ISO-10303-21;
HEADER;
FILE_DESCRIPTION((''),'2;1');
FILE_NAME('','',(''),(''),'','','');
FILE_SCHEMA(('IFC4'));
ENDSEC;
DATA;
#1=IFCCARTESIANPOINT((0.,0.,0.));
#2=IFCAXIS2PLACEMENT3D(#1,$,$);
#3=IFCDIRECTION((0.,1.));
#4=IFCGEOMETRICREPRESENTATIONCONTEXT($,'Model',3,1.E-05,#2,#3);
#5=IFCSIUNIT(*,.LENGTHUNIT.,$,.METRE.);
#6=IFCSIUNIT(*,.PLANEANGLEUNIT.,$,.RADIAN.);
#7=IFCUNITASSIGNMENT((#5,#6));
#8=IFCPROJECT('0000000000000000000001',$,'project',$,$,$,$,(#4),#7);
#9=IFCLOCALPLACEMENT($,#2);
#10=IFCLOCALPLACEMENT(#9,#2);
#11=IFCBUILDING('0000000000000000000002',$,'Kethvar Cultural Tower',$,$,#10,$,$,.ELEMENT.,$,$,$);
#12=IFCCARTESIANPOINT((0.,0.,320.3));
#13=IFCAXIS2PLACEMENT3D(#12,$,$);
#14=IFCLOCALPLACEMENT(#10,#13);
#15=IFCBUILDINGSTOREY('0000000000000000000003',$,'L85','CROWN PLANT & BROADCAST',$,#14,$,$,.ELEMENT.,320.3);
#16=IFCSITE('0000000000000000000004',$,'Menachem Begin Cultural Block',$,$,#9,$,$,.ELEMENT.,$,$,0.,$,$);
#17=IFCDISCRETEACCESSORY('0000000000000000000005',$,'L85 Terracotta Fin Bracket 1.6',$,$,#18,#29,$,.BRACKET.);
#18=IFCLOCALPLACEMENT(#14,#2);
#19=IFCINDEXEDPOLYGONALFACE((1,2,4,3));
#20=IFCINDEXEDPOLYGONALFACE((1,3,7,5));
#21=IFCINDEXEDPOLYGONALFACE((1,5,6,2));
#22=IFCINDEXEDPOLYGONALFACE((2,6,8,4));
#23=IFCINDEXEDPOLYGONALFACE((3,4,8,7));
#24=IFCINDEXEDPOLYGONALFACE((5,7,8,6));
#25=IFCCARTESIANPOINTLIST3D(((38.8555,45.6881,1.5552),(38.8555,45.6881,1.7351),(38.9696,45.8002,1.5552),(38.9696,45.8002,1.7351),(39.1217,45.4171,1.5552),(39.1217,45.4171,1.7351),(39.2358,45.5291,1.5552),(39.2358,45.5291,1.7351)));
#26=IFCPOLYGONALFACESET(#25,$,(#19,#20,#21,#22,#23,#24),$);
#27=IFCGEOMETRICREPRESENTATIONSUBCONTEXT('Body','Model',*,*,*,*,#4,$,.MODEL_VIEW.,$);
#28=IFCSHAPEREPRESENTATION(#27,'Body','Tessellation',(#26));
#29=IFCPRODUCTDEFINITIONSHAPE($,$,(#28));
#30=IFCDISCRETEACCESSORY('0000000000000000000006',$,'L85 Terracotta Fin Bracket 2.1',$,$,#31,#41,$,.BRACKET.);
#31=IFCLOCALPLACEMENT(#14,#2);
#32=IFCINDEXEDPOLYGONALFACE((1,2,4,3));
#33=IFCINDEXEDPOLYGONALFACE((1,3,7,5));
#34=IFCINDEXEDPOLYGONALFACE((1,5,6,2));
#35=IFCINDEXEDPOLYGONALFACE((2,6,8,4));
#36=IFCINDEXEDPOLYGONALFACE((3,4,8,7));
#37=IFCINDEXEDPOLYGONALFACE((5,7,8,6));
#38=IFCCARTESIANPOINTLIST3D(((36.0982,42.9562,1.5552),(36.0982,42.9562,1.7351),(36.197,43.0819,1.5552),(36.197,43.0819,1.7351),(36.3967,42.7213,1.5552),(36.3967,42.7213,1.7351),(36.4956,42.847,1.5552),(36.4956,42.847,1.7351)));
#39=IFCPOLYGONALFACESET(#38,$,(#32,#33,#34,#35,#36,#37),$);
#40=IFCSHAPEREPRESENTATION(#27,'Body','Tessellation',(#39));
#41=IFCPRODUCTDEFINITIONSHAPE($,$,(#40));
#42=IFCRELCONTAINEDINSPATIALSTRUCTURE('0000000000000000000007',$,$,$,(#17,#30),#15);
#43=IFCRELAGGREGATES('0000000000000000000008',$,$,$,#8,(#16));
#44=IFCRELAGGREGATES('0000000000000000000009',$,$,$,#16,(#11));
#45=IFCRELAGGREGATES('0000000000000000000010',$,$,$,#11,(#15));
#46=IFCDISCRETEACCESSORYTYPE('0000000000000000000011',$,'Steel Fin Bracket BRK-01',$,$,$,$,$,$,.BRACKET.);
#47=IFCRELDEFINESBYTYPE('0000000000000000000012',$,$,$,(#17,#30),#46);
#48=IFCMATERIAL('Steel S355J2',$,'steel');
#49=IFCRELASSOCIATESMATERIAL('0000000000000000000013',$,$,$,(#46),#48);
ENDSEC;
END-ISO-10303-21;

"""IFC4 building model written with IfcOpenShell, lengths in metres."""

from ifc_helpers import new_model, si_unit, direction, frame, origin, origin_2d, place, context, subcontext, project, spatial, rectangle, extrude, source, transform, mapped, material, type_object, element, save


model = new_model("IFC4")

# Units and contexts
model_context = context("Model", 3, precision=1e-05, world=origin(), true_north=direction((0.0, 1.0)))
body_context = subcontext(model_context, "Body", "Model", "MODEL_VIEW")
ifc_project = project(units=[si_unit("LENGTHUNIT", "METRE"), si_unit("PLANEANGLEUNIT", "RADIAN")], contexts=[model_context])

# Site, building, storey
site_placement = place(None, origin())
site = spatial("IfcSite", under=ifc_project, at=site_placement, Name="Menachem Begin Cultural Block", CompositionType="ELEMENT", RefElevation=0.0)
building_placement = place(site_placement, origin())
building = spatial("IfcBuilding", under=site, at=building_placement, Name="Kethvar Cultural Tower", CompositionType="ELEMENT")
storey_placement = place(building_placement, frame((0.0, 0.0, 320.3)))
storey = spatial("IfcBuildingStorey", under=building, at=storey_placement, Name="L85", Description="CROWN PLANT & BROADCAST", CompositionType="ELEMENT", Elevation=320.3)

# Shared definitions
ifc_material_1 = material(Name="Steel S355J2", Category="steel")

# Discrete accessories
discrete_accessory_type = type_object("IfcDiscreteAccessoryType", Name="Steel Fin Bracket BRK-01", PredefinedType="BRACKET", material=ifc_material_1)
shared_shape_1 = source(origin(), body_context, "Body", "SweptSolid", [
    extrude(rectangle(XDim=0.3799, YDim=0.1599, at=origin_2d()), origin(), (0.0, 0.0, 1.0), 0.1799),
])
for number, where, z_axis, x_axis, name in (
    (1, (39.0457, 45.6086, 1.5552), (0.0, 0.0, 1.0), (-0.70066, 0.713495, 0.0), "L85 Terracotta Fin Bracket 1.6"),
    (2, (36.2969, 42.9016, 1.5552), (0.0, 0.0, 1.0), (-0.785965, 0.618271, 0.0), "L85 Terracotta Fin Bracket 2.1"),
):
    element("IfcDiscreteAccessory", number, at=place(storey_placement, frame(where, z_axis=z_axis, x_axis=x_axis)), inside=storey, type_object=discrete_accessory_type, Name=name, PredefinedType="BRACKET", context=body_context, shape_type="MappedRepresentation", body=[
        mapped(shared_shape_1, transform((0.0, 0.0, 0.0), scale=1.0)),
    ])

save(model, "model.ifc")
